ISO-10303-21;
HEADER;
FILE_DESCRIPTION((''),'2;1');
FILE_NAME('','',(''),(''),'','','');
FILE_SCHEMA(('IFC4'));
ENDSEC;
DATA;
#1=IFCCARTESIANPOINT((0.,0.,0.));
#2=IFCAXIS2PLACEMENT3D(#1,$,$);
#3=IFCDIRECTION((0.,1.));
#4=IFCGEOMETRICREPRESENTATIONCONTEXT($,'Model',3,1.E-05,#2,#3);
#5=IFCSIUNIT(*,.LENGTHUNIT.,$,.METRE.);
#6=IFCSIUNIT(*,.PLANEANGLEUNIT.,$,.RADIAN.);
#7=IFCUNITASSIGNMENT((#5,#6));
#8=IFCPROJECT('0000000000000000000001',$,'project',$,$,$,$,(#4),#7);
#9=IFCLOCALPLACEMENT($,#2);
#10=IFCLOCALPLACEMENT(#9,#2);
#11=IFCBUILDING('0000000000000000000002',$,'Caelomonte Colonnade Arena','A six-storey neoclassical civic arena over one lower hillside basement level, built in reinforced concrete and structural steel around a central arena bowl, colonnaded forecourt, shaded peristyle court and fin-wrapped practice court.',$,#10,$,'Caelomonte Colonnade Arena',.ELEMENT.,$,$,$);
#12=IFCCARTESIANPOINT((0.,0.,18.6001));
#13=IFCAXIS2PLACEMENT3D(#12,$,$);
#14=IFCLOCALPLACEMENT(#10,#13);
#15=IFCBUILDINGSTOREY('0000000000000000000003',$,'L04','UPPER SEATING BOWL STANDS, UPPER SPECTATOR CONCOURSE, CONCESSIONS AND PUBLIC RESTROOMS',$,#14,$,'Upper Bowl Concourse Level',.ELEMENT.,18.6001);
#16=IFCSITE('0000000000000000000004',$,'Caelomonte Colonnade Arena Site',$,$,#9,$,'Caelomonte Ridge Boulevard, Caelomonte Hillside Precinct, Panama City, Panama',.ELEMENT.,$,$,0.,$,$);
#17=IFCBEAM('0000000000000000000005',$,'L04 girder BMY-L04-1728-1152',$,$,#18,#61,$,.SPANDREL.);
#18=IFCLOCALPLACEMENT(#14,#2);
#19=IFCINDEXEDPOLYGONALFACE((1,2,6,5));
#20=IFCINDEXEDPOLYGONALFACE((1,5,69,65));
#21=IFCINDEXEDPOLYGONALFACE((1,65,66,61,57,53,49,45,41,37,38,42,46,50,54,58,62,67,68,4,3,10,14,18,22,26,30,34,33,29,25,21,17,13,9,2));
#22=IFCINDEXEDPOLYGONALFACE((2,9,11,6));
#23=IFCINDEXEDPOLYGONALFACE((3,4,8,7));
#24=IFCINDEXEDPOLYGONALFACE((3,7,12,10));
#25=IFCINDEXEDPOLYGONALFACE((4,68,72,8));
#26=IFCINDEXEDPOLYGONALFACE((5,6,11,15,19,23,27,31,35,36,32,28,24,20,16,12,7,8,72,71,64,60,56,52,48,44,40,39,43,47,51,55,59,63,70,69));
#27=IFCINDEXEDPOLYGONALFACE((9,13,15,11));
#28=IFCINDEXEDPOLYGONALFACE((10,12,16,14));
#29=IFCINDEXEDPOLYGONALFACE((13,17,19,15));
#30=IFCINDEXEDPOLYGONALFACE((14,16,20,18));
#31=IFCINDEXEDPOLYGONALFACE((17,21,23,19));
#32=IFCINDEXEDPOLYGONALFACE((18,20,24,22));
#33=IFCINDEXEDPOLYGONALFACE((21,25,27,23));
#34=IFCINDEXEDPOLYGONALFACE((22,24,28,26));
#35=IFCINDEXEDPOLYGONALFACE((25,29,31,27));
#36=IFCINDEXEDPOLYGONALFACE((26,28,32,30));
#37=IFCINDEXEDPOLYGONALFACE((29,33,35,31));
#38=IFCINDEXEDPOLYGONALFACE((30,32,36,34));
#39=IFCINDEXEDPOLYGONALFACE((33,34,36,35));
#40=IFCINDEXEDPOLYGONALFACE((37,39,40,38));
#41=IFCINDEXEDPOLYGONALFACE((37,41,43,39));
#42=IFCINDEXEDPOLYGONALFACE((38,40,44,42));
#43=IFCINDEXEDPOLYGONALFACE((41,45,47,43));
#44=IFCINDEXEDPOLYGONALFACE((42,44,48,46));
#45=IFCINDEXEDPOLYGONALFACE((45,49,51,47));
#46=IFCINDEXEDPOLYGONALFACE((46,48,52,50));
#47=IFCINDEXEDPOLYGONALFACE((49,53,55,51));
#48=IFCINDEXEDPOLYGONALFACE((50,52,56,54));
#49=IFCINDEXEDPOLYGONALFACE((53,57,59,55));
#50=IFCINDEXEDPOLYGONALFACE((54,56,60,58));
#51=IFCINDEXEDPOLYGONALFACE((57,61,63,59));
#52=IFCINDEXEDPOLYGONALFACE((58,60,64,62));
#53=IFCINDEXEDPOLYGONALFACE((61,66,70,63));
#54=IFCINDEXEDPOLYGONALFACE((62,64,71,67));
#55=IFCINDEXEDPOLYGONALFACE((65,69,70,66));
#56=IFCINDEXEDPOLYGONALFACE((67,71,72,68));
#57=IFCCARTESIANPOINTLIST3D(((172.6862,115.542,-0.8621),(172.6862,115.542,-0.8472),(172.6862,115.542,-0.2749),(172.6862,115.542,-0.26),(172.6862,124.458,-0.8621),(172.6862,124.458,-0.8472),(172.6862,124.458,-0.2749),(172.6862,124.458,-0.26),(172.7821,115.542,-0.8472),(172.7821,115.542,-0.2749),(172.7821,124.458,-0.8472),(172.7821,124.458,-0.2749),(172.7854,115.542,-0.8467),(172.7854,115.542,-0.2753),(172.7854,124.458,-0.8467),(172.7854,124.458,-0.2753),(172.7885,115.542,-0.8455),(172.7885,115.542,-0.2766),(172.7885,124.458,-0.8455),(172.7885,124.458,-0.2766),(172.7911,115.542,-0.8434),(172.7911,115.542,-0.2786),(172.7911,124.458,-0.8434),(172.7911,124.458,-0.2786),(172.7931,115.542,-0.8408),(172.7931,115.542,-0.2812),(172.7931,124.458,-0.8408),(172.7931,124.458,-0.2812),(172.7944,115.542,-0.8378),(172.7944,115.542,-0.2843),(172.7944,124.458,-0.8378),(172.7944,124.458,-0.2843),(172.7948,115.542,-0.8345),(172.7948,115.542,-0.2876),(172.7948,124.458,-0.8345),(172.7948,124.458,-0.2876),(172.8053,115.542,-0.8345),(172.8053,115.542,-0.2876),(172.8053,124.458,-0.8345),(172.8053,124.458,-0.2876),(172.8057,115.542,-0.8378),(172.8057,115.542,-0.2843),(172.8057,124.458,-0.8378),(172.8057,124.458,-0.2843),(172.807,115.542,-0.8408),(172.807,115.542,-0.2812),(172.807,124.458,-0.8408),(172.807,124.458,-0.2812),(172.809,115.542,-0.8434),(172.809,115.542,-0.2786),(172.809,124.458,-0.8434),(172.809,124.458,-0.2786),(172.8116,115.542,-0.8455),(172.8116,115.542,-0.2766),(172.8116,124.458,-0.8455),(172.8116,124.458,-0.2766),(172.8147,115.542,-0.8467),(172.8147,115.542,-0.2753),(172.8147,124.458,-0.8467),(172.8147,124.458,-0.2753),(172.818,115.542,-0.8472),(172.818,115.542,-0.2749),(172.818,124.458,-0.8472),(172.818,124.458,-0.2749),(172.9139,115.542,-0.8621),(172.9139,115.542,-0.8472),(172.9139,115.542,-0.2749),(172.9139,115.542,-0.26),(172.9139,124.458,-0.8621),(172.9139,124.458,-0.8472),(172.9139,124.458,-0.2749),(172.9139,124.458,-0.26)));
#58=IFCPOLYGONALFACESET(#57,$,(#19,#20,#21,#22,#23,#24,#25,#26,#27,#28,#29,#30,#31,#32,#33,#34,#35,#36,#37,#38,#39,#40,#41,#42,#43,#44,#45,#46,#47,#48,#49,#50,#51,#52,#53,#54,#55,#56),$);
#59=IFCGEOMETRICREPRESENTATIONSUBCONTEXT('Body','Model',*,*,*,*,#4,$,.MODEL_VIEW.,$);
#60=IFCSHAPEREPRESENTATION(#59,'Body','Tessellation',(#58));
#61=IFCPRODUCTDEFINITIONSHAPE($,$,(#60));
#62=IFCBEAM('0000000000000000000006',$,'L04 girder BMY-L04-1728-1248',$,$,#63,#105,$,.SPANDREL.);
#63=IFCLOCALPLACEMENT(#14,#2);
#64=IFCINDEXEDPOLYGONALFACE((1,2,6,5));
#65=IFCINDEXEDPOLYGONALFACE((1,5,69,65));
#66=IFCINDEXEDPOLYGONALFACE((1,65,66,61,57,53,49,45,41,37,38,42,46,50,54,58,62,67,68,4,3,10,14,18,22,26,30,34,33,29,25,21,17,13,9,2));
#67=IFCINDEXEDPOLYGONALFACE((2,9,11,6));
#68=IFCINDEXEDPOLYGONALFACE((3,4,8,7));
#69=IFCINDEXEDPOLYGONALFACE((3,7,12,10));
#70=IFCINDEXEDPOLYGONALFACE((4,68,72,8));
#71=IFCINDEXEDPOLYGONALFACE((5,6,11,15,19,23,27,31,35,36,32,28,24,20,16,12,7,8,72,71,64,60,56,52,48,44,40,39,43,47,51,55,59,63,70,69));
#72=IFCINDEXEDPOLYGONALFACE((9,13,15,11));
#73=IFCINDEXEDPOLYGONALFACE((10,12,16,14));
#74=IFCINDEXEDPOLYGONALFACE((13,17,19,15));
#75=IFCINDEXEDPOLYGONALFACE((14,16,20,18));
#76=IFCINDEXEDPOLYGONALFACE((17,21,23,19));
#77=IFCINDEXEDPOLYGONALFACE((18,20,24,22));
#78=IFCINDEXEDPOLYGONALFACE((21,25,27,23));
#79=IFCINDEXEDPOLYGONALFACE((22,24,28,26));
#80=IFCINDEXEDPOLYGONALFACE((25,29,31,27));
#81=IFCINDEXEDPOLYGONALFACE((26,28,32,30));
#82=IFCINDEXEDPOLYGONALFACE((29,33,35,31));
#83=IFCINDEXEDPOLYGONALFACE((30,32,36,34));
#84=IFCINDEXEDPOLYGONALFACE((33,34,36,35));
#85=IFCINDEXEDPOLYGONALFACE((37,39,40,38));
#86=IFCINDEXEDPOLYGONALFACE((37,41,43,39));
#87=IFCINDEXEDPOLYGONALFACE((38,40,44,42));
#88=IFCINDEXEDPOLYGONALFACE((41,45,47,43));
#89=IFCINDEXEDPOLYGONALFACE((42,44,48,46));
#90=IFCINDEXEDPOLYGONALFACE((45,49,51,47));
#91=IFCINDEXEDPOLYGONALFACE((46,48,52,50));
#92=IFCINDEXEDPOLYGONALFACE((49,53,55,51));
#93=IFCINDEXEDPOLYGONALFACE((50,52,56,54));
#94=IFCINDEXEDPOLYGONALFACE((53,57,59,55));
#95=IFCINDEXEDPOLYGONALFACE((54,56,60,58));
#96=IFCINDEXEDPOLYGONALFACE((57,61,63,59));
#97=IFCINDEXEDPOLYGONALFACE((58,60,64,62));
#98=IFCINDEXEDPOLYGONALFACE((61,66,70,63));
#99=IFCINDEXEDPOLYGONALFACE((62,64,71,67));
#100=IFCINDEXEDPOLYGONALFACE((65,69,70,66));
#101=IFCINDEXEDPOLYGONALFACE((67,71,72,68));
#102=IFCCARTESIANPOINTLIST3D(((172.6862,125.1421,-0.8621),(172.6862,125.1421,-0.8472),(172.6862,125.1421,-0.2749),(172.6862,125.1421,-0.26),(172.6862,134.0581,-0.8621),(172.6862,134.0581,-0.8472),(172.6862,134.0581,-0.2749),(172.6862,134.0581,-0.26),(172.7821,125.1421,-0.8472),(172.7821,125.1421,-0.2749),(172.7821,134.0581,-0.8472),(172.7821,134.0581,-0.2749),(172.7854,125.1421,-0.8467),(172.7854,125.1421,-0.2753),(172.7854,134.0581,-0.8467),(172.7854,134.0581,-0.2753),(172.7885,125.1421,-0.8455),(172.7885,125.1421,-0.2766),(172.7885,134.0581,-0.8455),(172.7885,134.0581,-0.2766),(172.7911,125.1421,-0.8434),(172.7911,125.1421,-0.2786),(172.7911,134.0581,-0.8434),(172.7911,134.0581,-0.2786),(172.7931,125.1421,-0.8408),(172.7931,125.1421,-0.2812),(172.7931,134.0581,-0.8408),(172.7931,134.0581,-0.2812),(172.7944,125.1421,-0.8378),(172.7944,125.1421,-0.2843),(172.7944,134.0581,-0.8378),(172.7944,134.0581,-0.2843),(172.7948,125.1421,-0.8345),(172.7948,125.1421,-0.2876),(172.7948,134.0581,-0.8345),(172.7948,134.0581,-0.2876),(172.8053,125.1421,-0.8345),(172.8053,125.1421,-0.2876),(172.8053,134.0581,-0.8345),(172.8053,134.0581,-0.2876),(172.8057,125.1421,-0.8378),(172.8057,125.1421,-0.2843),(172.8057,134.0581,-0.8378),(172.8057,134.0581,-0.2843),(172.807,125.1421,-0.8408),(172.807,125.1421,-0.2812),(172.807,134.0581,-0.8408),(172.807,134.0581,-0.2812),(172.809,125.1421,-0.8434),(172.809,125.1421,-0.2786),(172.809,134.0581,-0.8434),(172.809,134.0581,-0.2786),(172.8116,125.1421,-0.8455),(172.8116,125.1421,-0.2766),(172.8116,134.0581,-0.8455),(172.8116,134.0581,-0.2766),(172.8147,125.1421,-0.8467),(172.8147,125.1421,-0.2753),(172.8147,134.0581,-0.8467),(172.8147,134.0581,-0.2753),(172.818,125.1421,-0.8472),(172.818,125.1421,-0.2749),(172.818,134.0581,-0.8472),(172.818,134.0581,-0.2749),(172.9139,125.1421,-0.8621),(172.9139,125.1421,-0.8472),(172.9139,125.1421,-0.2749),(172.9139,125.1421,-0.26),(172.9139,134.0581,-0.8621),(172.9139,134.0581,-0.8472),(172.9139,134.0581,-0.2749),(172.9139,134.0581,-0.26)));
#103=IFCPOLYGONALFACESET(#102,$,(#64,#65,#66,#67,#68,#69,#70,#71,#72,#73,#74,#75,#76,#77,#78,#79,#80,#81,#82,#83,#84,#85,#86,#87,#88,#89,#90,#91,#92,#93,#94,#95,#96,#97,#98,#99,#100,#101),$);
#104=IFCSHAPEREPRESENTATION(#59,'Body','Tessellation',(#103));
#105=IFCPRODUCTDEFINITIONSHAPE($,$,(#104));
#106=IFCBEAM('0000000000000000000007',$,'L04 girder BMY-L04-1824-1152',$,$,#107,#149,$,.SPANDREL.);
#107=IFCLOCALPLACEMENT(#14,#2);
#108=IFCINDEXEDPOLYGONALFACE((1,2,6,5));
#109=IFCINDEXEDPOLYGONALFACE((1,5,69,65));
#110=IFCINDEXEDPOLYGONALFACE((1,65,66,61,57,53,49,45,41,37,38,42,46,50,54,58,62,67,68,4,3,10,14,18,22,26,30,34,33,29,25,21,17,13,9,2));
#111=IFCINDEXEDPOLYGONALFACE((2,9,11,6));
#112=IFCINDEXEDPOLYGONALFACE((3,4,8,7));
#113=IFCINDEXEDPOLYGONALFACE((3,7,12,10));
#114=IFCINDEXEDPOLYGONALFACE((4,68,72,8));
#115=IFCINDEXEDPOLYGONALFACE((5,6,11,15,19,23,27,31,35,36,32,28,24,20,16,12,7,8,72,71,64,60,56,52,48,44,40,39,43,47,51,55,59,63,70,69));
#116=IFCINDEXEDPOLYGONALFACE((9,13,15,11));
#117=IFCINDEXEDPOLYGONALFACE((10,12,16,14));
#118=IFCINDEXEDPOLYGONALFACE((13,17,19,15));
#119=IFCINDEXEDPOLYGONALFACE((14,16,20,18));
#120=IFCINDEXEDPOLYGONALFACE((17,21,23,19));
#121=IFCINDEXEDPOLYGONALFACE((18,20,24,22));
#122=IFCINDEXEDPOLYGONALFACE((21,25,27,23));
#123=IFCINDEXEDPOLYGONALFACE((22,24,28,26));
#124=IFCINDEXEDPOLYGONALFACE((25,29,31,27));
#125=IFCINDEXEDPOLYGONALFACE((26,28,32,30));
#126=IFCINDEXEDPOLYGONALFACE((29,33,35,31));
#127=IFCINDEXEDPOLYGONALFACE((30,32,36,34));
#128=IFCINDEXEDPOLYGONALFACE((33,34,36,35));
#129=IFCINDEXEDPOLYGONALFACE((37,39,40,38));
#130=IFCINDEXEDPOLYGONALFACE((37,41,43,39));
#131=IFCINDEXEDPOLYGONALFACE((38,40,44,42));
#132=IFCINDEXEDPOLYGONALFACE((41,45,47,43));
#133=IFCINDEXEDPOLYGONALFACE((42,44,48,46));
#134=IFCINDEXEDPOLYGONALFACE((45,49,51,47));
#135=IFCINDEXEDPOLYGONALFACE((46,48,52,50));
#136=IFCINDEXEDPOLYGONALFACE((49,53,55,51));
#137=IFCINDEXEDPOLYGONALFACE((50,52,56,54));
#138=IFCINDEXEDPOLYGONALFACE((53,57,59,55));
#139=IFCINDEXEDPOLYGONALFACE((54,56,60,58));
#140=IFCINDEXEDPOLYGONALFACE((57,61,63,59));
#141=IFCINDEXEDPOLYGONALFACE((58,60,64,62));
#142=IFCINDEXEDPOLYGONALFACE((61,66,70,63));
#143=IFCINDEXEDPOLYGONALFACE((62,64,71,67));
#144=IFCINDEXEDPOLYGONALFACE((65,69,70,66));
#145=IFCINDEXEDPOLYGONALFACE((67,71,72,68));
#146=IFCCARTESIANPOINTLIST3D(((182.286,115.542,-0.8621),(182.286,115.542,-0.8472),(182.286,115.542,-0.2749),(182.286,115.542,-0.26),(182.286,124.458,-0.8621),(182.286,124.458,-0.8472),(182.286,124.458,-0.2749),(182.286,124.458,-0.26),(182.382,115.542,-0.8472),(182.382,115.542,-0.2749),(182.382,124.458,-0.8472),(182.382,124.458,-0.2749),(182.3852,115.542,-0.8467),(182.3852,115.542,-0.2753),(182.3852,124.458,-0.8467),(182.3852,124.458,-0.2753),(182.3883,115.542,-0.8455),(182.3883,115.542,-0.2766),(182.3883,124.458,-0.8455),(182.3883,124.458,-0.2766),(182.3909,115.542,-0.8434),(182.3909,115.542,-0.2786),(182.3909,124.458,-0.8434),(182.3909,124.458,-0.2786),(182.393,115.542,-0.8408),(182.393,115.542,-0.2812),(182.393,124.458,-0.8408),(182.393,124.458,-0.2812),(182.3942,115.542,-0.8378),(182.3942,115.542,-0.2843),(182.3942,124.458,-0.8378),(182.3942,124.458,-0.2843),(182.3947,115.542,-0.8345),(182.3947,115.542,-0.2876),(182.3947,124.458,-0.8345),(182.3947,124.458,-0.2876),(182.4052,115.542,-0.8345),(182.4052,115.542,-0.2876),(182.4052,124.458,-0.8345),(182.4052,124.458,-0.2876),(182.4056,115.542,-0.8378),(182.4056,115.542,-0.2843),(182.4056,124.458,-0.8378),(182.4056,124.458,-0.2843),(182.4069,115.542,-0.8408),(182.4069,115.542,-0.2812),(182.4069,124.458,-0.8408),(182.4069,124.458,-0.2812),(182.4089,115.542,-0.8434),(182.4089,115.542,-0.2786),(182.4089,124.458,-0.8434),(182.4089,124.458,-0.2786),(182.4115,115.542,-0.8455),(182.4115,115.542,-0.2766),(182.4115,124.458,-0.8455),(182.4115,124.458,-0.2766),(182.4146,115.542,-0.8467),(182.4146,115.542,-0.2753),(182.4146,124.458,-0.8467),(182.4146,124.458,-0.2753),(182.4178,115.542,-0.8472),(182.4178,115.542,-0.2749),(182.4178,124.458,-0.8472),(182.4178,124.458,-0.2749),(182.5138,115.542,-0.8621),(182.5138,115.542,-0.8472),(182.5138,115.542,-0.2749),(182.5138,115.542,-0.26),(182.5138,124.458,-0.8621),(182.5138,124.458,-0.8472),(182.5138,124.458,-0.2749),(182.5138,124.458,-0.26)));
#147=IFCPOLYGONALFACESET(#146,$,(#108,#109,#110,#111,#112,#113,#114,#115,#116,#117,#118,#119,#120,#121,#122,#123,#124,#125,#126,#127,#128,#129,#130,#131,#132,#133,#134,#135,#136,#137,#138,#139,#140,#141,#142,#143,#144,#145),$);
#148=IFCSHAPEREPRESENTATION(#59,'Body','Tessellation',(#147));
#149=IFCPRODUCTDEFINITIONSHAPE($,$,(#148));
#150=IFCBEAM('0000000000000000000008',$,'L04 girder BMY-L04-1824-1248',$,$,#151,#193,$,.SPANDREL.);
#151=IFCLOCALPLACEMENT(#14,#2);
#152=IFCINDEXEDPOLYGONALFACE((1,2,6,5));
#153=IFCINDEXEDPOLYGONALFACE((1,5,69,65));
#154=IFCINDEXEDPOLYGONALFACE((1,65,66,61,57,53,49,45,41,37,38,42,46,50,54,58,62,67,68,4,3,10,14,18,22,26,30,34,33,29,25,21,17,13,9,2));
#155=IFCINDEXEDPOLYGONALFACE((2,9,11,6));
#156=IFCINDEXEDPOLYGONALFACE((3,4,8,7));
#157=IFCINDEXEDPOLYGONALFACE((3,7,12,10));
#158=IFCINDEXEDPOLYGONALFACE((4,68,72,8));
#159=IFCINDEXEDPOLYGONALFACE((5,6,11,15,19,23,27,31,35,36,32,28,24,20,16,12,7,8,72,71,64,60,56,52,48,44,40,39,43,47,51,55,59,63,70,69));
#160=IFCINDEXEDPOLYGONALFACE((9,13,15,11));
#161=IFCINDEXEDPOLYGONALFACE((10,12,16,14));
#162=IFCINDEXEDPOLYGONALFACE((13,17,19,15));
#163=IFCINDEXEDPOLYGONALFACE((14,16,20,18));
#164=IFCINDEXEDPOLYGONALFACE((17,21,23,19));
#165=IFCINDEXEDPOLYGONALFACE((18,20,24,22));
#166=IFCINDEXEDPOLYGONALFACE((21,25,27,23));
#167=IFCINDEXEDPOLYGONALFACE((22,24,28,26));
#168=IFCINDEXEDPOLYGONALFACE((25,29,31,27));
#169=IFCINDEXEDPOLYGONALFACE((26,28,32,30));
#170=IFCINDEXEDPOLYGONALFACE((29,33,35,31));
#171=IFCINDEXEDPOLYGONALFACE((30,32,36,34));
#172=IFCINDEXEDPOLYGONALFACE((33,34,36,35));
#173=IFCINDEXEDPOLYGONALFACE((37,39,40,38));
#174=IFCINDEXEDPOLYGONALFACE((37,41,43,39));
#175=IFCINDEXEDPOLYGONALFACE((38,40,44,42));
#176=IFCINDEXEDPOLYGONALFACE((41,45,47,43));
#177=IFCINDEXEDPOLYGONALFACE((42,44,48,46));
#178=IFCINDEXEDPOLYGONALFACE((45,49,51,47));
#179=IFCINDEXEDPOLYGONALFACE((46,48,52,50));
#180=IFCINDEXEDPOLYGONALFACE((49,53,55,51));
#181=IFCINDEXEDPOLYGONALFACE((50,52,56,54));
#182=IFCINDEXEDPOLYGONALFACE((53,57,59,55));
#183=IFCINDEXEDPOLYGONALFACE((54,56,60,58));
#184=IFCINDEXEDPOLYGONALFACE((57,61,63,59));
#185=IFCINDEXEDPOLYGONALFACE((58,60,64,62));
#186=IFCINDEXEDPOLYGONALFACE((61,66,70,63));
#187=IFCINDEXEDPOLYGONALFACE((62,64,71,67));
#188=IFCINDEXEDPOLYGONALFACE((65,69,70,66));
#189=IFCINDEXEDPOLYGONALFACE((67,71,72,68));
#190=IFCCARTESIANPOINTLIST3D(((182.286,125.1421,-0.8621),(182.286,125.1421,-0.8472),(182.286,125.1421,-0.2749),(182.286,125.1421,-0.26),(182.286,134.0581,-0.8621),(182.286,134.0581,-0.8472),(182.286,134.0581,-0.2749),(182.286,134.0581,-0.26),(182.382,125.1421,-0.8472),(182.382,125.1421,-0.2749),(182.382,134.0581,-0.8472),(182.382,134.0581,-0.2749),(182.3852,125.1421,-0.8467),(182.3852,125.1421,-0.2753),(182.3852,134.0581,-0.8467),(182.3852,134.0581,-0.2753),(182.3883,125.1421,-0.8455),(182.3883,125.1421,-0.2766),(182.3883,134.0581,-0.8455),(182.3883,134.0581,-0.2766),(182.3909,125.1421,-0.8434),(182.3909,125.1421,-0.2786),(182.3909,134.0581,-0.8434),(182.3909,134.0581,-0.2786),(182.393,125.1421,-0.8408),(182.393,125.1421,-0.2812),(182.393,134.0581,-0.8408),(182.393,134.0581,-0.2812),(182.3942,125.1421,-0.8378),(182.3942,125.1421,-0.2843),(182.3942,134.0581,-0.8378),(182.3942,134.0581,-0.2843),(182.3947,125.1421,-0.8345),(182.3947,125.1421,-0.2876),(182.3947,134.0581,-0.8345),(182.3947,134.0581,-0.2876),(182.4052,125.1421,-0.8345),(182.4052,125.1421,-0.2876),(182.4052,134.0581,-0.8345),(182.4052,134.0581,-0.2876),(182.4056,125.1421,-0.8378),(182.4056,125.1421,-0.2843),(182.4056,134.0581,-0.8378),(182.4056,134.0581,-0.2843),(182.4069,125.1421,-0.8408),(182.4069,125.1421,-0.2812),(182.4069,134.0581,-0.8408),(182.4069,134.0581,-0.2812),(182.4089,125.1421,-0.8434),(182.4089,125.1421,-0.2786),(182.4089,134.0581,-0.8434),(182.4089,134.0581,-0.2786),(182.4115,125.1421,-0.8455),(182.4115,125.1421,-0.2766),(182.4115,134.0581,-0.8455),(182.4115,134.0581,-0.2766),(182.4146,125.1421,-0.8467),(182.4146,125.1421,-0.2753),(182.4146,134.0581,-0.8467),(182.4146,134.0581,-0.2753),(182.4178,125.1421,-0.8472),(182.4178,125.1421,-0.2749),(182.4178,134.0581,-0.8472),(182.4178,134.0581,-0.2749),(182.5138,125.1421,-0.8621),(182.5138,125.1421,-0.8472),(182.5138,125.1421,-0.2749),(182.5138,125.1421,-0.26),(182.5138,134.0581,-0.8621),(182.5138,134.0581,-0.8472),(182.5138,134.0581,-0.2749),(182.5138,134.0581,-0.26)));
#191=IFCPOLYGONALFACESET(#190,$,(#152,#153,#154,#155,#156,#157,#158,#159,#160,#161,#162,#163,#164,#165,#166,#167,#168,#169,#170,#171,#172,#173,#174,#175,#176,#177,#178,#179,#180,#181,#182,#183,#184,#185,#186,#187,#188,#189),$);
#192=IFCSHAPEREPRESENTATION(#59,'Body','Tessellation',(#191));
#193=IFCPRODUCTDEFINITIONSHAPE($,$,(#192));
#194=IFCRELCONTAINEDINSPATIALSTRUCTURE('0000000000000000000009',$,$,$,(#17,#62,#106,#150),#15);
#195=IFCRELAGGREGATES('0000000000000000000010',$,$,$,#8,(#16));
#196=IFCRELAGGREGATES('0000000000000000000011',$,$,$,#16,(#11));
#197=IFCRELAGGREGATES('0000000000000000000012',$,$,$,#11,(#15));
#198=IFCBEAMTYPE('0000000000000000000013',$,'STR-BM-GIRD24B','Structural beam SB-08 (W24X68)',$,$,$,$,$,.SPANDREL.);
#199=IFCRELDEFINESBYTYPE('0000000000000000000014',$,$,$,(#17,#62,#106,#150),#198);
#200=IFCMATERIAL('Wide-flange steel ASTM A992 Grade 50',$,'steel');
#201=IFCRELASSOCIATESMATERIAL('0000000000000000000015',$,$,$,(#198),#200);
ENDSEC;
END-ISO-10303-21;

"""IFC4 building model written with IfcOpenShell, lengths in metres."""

from ifc_helpers import new_model, si_unit, direction, frame, origin, origin_2d, place, context, subcontext, project, spatial, i_section, extrude, material, material_profile, profile_set, type_object, element, save


model = new_model("IFC4")

# Units and contexts
model_context = context("Model", 3, precision=1e-05, world=origin(), true_north=direction((0.0, 1.0)))
body_context = subcontext(model_context, "Body", "Model", "MODEL_VIEW")
ifc_project = project(units=[si_unit("LENGTHUNIT", "METRE"), si_unit("PLANEANGLEUNIT", "RADIAN")], contexts=[model_context])

# Site, building, storey
site_placement = place(None, origin())
site = spatial("IfcSite", under=ifc_project, at=site_placement, Name="Caelomonte Colonnade Arena Site", LongName="Caelomonte Ridge Boulevard, Caelomonte Hillside Precinct, Panama City, Panama", CompositionType="ELEMENT", RefElevation=0.0)
building_placement = place(site_placement, origin())
building = spatial("IfcBuilding", under=site, at=building_placement, Name="Caelomonte Colonnade Arena", Description="A six-storey neoclassical civic arena over one lower hillside basement level, built in reinforced concrete and structural steel around a central arena bowl, colonnaded forecourt, shaded peristyle court and fin-wrapped practice court.", LongName="Caelomonte Colonnade Arena", CompositionType="ELEMENT")
storey_placement = place(building_placement, frame((0.0, 0.0, 18.6001)))
storey = spatial("IfcBuildingStorey", under=building, at=storey_placement, Name="L04", Description="UPPER SEATING BOWL STANDS, UPPER SPECTATOR CONCOURSE, CONCESSIONS AND PUBLIC RESTROOMS", LongName="Upper Bowl Concourse Level", CompositionType="ELEMENT", Elevation=18.6001)

# Shared definitions
ifc_material_1 = material(Name="Wide-flange steel ASTM A992 Grade 50", Category="steel")

# Beams
ifc_material_profile_1 = material_profile(ifc_material_1, i_section(OverallWidth=0.2278, OverallDepth=0.6021, WebThickness=0.0105, FlangeThickness=0.0149, FilletRadius=0.0127, at=origin_2d()), Name="W24X68")
ifc_profile_set_1 = profile_set([ifc_material_profile_1], Name="Wide-flange steel ASTM A992 Grade 50")
beam_type_1 = type_object("IfcBeamType", Name="STR-BM-GIRD24B", Description="Structural beam SB-08 (W24X68)", PredefinedType="SPANDREL", material=ifc_profile_set_1)
for number, where, z_axis, x_axis, name in (
    (1, (172.8, 115.542, -0.561), (0.0, 1.0, 0.0), (-1.0, 0.0, 0.0), "L04 girder BMY-L04-1728-1152"),
    (2, (172.8, 125.1421, -0.561), (0.0, 1.0, 0.0), (-1.0, 0.0, 0.0), "L04 girder BMY-L04-1728-1248"),
    (3, (182.3999, 115.542, -0.561), (0.0, 1.0, 0.0), (-1.0, 0.0, 0.0), "L04 girder BMY-L04-1824-1152"),
    (4, (182.3999, 125.1421, -0.561), (0.0, 1.0, 0.0), (-1.0, 0.0, 0.0), "L04 girder BMY-L04-1824-1248"),
):
    element("IfcBeam", number, at=place(storey_placement, frame(where, z_axis=z_axis, x_axis=x_axis)), inside=storey, type_object=beam_type_1, Name=name, PredefinedType="SPANDREL", context=body_context, shape_type="SweptSolid", body=[
        extrude(i_section(OverallWidth=0.2278, OverallDepth=0.6021, WebThickness=0.0105, FlangeThickness=0.0149, FilletRadius=0.0127, at=origin_2d()), origin(), (0.0, 0.0, 1.0), 8.916),
    ])

save(model, "model.ifc")
